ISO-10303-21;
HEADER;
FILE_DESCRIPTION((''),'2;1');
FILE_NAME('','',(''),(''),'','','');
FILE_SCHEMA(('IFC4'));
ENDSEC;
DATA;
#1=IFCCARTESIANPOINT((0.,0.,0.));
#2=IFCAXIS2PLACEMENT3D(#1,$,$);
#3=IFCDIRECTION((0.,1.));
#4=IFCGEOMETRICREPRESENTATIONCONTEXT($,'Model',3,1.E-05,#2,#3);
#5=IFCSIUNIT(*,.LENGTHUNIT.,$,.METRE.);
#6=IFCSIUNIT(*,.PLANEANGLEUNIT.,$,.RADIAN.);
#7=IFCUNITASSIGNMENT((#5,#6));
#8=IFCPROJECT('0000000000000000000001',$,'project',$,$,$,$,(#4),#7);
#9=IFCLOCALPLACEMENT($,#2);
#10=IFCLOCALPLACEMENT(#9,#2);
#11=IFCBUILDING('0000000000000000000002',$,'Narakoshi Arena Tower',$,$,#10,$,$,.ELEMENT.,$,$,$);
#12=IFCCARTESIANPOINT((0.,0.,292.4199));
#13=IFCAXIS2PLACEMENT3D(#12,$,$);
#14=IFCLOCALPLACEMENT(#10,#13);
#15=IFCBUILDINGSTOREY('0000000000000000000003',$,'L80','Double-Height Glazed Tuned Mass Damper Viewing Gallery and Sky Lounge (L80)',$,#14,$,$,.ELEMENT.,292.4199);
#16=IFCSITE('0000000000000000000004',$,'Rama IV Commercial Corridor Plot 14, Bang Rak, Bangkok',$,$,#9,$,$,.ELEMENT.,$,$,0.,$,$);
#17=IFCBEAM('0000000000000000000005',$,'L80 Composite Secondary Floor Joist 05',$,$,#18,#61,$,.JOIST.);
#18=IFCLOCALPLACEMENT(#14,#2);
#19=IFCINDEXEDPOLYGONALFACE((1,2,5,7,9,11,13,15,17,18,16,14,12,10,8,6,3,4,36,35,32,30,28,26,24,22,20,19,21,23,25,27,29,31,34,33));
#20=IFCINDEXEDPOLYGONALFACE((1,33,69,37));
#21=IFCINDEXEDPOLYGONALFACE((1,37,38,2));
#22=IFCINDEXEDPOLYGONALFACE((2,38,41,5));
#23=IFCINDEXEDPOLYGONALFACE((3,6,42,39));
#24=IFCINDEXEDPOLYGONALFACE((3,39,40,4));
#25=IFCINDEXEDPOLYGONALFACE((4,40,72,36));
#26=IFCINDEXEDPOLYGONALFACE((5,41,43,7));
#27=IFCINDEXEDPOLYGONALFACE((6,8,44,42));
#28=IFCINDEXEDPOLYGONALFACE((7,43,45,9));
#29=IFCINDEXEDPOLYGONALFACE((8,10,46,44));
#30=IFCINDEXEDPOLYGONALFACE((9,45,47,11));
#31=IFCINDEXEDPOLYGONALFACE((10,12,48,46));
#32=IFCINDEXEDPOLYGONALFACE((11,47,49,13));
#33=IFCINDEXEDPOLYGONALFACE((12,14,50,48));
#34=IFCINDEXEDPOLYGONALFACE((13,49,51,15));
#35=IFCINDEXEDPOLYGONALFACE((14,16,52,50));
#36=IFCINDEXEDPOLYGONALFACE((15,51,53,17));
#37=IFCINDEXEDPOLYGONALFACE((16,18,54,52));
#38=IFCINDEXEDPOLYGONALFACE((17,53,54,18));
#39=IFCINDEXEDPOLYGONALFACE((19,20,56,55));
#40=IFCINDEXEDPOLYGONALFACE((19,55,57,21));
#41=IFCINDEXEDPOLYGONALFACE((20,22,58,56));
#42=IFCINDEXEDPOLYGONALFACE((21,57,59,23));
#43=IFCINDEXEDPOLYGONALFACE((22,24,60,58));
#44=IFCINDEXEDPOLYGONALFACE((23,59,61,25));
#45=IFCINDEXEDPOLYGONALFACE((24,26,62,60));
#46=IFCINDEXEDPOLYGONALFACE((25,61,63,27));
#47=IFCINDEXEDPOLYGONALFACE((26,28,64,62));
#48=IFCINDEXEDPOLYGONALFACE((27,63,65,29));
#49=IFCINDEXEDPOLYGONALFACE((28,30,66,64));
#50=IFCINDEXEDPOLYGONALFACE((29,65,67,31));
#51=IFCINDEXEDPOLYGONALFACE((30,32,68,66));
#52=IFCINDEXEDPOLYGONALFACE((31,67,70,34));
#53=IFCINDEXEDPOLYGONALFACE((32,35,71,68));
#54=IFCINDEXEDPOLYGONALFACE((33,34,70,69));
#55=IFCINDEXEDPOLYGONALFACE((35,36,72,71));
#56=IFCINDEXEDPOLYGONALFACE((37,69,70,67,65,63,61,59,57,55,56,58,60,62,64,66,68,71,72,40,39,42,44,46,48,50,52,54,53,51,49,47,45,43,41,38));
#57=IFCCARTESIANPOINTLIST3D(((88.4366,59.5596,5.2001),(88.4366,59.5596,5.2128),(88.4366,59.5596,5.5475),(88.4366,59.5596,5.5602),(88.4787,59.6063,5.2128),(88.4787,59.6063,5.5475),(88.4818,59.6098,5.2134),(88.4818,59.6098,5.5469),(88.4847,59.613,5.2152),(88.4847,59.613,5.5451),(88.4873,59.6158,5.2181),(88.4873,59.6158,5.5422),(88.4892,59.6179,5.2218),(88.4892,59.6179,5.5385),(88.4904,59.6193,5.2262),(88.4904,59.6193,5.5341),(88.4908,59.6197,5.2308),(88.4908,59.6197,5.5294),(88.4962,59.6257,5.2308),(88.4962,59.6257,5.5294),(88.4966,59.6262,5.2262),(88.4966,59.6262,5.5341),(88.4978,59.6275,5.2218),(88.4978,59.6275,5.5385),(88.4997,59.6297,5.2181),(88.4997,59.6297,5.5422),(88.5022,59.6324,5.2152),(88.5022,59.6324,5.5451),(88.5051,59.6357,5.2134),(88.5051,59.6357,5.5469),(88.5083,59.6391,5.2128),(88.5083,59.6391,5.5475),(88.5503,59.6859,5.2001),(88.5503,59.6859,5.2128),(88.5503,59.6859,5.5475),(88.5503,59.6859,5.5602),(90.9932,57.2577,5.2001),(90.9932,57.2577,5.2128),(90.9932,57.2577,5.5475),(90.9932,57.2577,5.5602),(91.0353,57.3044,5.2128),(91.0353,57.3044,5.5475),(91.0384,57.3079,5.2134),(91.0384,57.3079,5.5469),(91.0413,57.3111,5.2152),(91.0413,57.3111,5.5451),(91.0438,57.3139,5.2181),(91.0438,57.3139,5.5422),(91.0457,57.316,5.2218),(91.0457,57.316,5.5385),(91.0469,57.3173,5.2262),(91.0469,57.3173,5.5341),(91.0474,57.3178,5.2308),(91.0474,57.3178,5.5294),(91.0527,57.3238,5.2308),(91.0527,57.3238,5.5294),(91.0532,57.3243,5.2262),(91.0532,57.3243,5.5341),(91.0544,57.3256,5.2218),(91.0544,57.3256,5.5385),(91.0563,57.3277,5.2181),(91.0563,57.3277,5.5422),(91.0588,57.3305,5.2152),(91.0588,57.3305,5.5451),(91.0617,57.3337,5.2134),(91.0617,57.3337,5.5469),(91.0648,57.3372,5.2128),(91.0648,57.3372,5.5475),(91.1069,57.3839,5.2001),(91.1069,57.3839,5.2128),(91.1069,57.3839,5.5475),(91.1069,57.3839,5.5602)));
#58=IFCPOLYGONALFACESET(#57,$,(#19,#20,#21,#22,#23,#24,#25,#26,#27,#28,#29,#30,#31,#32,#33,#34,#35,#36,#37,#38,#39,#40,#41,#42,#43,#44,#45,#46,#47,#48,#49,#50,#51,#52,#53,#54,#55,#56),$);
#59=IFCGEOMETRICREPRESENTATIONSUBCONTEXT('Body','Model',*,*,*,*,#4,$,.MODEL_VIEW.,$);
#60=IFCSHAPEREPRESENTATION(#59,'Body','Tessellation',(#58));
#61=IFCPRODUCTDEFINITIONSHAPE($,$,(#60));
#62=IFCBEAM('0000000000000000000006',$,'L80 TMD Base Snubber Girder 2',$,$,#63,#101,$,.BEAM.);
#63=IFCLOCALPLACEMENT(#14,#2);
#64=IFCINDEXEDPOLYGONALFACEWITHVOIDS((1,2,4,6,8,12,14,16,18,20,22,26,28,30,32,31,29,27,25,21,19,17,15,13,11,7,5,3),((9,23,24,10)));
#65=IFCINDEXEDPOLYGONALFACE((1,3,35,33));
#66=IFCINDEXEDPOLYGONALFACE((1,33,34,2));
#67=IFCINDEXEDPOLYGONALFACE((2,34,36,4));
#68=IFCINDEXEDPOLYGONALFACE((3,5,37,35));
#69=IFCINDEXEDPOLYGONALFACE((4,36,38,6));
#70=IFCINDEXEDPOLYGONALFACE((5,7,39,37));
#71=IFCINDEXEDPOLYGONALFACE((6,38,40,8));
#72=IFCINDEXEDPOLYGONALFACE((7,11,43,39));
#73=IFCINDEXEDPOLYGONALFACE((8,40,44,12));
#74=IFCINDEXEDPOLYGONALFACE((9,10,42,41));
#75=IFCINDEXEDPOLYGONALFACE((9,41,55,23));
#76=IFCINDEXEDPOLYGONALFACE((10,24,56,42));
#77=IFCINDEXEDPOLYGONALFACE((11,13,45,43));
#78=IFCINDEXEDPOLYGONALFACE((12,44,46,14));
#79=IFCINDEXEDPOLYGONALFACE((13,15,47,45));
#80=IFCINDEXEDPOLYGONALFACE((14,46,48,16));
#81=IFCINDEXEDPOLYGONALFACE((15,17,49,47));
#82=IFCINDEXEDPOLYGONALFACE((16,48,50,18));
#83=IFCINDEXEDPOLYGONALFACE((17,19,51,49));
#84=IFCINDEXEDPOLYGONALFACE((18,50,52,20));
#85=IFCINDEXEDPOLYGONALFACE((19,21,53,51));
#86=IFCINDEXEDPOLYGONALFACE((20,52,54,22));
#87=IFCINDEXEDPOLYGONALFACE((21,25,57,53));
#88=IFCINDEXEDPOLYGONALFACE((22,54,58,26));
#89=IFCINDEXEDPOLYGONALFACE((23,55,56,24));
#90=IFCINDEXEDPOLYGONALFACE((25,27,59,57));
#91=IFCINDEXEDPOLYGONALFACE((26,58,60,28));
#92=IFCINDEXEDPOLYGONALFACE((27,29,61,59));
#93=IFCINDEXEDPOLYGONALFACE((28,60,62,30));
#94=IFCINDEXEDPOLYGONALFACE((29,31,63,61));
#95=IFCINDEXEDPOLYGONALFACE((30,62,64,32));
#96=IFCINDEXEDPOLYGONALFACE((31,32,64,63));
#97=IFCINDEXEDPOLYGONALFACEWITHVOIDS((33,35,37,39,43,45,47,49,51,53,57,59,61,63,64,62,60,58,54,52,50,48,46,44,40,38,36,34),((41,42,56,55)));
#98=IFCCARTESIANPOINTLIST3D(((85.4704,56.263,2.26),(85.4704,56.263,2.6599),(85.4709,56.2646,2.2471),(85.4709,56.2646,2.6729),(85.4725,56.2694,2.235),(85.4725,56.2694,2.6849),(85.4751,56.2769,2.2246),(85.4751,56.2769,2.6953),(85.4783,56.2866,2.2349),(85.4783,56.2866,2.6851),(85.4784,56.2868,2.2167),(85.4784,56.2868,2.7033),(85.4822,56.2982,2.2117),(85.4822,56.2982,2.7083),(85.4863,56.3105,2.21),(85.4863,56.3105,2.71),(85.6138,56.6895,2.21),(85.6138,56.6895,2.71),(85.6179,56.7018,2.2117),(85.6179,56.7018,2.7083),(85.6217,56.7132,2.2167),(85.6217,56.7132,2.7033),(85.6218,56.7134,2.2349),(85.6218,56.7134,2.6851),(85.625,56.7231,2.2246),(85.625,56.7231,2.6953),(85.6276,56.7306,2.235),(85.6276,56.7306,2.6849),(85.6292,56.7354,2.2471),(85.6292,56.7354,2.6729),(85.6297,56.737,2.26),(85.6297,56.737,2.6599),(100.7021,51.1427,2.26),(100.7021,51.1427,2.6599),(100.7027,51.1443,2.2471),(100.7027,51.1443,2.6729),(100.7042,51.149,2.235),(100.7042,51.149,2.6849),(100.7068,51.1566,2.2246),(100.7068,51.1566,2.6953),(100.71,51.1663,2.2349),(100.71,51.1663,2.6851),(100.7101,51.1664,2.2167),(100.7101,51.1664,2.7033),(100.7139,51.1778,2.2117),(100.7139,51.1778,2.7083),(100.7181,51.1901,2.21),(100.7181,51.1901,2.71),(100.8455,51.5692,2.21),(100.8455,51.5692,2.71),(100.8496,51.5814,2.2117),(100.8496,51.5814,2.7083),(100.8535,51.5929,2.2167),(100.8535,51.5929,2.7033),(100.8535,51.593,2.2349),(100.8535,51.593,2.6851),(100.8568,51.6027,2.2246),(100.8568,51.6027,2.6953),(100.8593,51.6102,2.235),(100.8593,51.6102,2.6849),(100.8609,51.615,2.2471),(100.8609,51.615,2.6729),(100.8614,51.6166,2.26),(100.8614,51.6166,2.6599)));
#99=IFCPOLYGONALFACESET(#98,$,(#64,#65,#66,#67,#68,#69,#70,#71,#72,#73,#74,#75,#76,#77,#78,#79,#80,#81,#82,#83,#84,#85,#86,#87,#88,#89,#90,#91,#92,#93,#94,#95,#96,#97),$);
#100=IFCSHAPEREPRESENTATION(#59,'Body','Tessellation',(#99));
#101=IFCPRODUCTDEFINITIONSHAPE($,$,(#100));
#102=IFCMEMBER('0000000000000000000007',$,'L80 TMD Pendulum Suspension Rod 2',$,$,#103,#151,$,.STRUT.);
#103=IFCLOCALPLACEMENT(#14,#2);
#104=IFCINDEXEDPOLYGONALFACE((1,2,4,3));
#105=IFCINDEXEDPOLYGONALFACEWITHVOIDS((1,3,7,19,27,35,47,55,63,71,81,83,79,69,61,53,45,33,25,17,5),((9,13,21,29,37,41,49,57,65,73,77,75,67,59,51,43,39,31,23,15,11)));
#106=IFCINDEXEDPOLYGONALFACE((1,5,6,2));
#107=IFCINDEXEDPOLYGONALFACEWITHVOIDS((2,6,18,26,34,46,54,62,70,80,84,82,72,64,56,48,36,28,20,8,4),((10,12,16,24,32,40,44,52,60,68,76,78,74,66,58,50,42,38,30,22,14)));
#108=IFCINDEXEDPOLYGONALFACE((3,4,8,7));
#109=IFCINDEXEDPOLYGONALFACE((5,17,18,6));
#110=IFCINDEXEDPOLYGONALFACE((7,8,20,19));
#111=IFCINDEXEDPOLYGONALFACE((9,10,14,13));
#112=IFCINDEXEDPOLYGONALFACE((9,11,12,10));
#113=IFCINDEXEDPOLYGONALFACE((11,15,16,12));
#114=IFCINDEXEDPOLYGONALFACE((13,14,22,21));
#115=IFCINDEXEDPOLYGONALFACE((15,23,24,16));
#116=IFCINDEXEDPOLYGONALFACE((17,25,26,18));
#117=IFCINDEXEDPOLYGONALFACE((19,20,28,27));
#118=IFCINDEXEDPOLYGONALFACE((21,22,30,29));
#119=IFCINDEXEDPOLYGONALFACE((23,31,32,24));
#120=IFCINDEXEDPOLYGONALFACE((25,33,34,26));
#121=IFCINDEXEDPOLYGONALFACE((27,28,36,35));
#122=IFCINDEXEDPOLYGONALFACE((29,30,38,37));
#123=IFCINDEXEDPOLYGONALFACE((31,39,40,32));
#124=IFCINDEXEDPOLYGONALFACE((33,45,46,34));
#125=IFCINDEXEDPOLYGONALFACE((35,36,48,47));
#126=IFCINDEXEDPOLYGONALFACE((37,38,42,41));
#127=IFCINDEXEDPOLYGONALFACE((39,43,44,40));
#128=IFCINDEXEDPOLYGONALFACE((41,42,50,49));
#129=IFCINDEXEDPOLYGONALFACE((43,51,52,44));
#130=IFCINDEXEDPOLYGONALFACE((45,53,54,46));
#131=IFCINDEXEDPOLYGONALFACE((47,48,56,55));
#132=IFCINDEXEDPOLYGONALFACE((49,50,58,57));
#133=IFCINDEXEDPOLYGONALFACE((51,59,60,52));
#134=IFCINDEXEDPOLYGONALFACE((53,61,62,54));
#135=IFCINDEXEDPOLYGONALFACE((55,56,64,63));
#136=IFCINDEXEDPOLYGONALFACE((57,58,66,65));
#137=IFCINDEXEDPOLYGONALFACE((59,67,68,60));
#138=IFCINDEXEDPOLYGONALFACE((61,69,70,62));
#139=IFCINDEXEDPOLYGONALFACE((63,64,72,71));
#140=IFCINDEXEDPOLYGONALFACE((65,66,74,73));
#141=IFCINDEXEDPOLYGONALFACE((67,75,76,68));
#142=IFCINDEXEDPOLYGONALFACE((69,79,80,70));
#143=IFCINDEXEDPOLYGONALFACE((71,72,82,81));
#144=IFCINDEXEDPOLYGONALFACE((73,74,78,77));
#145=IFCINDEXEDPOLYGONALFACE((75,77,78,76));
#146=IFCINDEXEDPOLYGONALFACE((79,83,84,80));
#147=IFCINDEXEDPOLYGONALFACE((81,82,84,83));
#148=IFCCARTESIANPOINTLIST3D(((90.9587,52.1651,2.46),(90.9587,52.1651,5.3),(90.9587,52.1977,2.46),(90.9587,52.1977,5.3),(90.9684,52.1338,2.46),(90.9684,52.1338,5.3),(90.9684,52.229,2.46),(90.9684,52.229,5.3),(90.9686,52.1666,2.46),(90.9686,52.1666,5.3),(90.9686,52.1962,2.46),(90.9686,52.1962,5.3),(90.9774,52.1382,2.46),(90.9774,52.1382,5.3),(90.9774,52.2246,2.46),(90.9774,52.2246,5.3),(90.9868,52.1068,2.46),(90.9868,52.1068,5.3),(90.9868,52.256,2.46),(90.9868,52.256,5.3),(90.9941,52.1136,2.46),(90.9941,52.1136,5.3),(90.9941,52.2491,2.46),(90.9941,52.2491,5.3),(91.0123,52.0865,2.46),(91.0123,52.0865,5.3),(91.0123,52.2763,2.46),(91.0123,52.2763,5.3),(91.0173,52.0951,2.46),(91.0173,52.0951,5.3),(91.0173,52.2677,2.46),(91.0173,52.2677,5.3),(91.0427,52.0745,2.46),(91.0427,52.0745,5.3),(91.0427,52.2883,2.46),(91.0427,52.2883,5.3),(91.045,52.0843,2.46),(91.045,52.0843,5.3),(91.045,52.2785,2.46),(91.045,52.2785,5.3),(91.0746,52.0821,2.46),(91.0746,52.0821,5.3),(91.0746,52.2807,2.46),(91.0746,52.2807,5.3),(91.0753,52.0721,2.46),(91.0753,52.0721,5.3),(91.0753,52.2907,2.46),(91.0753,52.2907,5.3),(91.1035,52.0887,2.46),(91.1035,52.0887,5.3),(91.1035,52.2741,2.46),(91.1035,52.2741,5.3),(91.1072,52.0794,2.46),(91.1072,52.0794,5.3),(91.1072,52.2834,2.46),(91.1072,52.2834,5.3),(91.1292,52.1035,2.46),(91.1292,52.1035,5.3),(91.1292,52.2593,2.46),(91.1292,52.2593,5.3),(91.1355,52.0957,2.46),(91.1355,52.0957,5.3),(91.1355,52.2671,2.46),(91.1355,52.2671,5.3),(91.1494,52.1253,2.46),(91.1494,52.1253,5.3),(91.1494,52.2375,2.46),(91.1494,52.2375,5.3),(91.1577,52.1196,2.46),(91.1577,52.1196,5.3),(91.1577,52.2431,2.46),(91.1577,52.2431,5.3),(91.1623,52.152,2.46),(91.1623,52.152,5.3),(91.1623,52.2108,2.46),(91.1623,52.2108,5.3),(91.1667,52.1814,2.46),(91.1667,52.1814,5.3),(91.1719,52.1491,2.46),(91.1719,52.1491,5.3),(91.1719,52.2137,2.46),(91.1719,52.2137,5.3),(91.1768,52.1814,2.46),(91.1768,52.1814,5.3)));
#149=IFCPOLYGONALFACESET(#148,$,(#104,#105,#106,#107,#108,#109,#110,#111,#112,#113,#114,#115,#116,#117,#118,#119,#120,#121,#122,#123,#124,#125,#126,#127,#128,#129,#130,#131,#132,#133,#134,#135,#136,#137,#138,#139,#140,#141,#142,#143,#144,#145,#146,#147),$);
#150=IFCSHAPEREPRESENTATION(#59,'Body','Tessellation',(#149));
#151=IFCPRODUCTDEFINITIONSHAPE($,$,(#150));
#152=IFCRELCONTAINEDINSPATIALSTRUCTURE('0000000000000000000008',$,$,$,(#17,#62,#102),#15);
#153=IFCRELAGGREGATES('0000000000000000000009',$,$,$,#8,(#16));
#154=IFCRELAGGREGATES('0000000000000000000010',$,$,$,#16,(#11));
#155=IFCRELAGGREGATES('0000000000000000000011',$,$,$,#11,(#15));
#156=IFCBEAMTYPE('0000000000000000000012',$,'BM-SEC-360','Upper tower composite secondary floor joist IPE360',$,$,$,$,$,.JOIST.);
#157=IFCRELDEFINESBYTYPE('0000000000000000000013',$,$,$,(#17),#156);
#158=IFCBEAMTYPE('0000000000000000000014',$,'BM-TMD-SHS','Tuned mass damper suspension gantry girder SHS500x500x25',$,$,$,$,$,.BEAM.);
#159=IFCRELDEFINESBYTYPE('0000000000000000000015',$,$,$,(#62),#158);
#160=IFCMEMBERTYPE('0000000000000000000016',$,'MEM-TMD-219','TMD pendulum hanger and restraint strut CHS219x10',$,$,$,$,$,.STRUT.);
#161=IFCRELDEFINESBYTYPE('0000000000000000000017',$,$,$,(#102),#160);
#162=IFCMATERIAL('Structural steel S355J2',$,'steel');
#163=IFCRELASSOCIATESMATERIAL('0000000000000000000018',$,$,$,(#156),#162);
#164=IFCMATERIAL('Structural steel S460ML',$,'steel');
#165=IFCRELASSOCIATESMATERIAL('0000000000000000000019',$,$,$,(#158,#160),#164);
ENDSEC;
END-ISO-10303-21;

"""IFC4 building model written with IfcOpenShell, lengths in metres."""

from ifc_helpers import new_model, si_unit, direction, frame, origin, origin_2d, place, context, subcontext, project, spatial, hollow_rectangle, hollow_circle, i_section, extrude, material, material_profile, profile_set, type_object, element, save


model = new_model("IFC4")

# Units and contexts
model_context = context("Model", 3, precision=1e-05, world=origin(), true_north=direction((0.0, 1.0)))
body_context = subcontext(model_context, "Body", "Model", "MODEL_VIEW")
ifc_project = project(units=[si_unit("LENGTHUNIT", "METRE"), si_unit("PLANEANGLEUNIT", "RADIAN")], contexts=[model_context])

# Site, building, storey
site_placement = place(None, origin())
site = spatial("IfcSite", under=ifc_project, at=site_placement, Name="Rama IV Commercial Corridor Plot 14, Bang Rak, Bangkok", CompositionType="ELEMENT", RefElevation=0.0)
building_placement = place(site_placement, origin())
building = spatial("IfcBuilding", under=site, at=building_placement, Name="Narakoshi Arena Tower", CompositionType="ELEMENT")
storey_placement = place(building_placement, frame((0.0, 0.0, 292.4199)))
storey = spatial("IfcBuildingStorey", under=building, at=storey_placement, Name="L80", Description="Double-Height Glazed Tuned Mass Damper Viewing Gallery and Sky Lounge (L80)", CompositionType="ELEMENT", Elevation=292.4199)

# Shared definitions
ifc_material_1 = material(Name="Structural steel S355J2", Category="steel")

# Beams
ifc_material_profile_1 = material_profile(ifc_material_1, i_section(OverallWidth=0.1699, OverallDepth=0.3601, WebThickness=0.0081, FlangeThickness=0.0127, FilletRadius=0.0181, at=origin_2d()), Name="IPE360")
ifc_profile_set_1 = profile_set([ifc_material_profile_1], Name="Structural steel S355J2")
beam_type_1 = type_object("IfcBeamType", Name="BM-SEC-360", Description="Upper tower composite secondary floor joist IPE360", PredefinedType="JOIST", material=ifc_profile_set_1)
beam_1_placement = place(storey_placement, frame((91.05, 57.3208, 5.3801), z_axis=(-0.743146, 0.669129, 0.0), x_axis=(-0.669129, -0.743146, 0.0)))
element("IfcBeam", 1, at=beam_1_placement, inside=storey, type_object=beam_type_1, Name="L80 Composite Secondary Floor Joist 05", PredefinedType="JOIST", context=body_context, shape_type="SweptSolid", body=[
    extrude(i_section(OverallWidth=0.1699, OverallDepth=0.3601, WebThickness=0.0081, FlangeThickness=0.0127, FilletRadius=0.0181, at=origin_2d()), origin(), (0.0, 0.0, 1.0), 3.4402),
])
ifc_material_2 = material(Name="Structural steel S460ML", Category="steel")
ifc_material_profile_2 = material_profile(ifc_material_2, hollow_rectangle(XDim=0.5, YDim=0.5, WallThickness=0.0249, OuterFilletRadius=0.05, at=origin_2d()), Name="SHS500x500x25")
ifc_profile_set_2 = profile_set([ifc_material_profile_2], Name="Structural steel S460ML")
beam_type_2 = type_object("IfcBeamType", Name="BM-TMD-SHS", Description="Tuned mass damper suspension gantry girder SHS500x500x25", PredefinedType="BEAM", material=ifc_profile_set_2)
beam_2_placement = place(storey_placement, frame((85.55, 56.5, 2.46), z_axis=(0.947875, -0.318642, 0.0), x_axis=(0.318642, 0.947875, 0.0)))
element("IfcBeam", 2, at=beam_2_placement, inside=storey, type_object=beam_type_2, Name="L80 TMD Base Snubber Girder 2", PredefinedType="BEAM", context=body_context, shape_type="SweptSolid", body=[
    extrude(hollow_rectangle(XDim=0.5, YDim=0.5, WallThickness=0.0249, OuterFilletRadius=0.05, at=origin_2d()), origin(), (0.0, 0.0, 1.0), 16.0693),
])

# Member
ifc_material_profile_3 = material_profile(ifc_material_2, hollow_circle(Radius=0.1096, WallThickness=0.01, at=origin_2d()), Name="CHS219x10")
ifc_profile_set_3 = profile_set([ifc_material_profile_3], Name="Structural steel S460ML")
member_type = type_object("IfcMemberType", Name="MEM-TMD-219", Description="TMD pendulum hanger and restraint strut CHS219x10", PredefinedType="STRUT", material=ifc_profile_set_3)
member_1_placement = place(storey_placement, frame((91.0671, 52.1814, 2.46), z_axis=(0.0, 0.0, 1.0), x_axis=(1.0, 0.0, 0.0)))
element("IfcMember", 3, at=member_1_placement, inside=storey, type_object=member_type, Name="L80 TMD Pendulum Suspension Rod 2", PredefinedType="STRUT", context=body_context, shape_type="SweptSolid", body=[
    extrude(hollow_circle(Radius=0.1096, WallThickness=0.01, at=origin_2d()), origin(), (0.0, 0.0, 1.0), 2.8401),
])

save(model, "model.ifc")
